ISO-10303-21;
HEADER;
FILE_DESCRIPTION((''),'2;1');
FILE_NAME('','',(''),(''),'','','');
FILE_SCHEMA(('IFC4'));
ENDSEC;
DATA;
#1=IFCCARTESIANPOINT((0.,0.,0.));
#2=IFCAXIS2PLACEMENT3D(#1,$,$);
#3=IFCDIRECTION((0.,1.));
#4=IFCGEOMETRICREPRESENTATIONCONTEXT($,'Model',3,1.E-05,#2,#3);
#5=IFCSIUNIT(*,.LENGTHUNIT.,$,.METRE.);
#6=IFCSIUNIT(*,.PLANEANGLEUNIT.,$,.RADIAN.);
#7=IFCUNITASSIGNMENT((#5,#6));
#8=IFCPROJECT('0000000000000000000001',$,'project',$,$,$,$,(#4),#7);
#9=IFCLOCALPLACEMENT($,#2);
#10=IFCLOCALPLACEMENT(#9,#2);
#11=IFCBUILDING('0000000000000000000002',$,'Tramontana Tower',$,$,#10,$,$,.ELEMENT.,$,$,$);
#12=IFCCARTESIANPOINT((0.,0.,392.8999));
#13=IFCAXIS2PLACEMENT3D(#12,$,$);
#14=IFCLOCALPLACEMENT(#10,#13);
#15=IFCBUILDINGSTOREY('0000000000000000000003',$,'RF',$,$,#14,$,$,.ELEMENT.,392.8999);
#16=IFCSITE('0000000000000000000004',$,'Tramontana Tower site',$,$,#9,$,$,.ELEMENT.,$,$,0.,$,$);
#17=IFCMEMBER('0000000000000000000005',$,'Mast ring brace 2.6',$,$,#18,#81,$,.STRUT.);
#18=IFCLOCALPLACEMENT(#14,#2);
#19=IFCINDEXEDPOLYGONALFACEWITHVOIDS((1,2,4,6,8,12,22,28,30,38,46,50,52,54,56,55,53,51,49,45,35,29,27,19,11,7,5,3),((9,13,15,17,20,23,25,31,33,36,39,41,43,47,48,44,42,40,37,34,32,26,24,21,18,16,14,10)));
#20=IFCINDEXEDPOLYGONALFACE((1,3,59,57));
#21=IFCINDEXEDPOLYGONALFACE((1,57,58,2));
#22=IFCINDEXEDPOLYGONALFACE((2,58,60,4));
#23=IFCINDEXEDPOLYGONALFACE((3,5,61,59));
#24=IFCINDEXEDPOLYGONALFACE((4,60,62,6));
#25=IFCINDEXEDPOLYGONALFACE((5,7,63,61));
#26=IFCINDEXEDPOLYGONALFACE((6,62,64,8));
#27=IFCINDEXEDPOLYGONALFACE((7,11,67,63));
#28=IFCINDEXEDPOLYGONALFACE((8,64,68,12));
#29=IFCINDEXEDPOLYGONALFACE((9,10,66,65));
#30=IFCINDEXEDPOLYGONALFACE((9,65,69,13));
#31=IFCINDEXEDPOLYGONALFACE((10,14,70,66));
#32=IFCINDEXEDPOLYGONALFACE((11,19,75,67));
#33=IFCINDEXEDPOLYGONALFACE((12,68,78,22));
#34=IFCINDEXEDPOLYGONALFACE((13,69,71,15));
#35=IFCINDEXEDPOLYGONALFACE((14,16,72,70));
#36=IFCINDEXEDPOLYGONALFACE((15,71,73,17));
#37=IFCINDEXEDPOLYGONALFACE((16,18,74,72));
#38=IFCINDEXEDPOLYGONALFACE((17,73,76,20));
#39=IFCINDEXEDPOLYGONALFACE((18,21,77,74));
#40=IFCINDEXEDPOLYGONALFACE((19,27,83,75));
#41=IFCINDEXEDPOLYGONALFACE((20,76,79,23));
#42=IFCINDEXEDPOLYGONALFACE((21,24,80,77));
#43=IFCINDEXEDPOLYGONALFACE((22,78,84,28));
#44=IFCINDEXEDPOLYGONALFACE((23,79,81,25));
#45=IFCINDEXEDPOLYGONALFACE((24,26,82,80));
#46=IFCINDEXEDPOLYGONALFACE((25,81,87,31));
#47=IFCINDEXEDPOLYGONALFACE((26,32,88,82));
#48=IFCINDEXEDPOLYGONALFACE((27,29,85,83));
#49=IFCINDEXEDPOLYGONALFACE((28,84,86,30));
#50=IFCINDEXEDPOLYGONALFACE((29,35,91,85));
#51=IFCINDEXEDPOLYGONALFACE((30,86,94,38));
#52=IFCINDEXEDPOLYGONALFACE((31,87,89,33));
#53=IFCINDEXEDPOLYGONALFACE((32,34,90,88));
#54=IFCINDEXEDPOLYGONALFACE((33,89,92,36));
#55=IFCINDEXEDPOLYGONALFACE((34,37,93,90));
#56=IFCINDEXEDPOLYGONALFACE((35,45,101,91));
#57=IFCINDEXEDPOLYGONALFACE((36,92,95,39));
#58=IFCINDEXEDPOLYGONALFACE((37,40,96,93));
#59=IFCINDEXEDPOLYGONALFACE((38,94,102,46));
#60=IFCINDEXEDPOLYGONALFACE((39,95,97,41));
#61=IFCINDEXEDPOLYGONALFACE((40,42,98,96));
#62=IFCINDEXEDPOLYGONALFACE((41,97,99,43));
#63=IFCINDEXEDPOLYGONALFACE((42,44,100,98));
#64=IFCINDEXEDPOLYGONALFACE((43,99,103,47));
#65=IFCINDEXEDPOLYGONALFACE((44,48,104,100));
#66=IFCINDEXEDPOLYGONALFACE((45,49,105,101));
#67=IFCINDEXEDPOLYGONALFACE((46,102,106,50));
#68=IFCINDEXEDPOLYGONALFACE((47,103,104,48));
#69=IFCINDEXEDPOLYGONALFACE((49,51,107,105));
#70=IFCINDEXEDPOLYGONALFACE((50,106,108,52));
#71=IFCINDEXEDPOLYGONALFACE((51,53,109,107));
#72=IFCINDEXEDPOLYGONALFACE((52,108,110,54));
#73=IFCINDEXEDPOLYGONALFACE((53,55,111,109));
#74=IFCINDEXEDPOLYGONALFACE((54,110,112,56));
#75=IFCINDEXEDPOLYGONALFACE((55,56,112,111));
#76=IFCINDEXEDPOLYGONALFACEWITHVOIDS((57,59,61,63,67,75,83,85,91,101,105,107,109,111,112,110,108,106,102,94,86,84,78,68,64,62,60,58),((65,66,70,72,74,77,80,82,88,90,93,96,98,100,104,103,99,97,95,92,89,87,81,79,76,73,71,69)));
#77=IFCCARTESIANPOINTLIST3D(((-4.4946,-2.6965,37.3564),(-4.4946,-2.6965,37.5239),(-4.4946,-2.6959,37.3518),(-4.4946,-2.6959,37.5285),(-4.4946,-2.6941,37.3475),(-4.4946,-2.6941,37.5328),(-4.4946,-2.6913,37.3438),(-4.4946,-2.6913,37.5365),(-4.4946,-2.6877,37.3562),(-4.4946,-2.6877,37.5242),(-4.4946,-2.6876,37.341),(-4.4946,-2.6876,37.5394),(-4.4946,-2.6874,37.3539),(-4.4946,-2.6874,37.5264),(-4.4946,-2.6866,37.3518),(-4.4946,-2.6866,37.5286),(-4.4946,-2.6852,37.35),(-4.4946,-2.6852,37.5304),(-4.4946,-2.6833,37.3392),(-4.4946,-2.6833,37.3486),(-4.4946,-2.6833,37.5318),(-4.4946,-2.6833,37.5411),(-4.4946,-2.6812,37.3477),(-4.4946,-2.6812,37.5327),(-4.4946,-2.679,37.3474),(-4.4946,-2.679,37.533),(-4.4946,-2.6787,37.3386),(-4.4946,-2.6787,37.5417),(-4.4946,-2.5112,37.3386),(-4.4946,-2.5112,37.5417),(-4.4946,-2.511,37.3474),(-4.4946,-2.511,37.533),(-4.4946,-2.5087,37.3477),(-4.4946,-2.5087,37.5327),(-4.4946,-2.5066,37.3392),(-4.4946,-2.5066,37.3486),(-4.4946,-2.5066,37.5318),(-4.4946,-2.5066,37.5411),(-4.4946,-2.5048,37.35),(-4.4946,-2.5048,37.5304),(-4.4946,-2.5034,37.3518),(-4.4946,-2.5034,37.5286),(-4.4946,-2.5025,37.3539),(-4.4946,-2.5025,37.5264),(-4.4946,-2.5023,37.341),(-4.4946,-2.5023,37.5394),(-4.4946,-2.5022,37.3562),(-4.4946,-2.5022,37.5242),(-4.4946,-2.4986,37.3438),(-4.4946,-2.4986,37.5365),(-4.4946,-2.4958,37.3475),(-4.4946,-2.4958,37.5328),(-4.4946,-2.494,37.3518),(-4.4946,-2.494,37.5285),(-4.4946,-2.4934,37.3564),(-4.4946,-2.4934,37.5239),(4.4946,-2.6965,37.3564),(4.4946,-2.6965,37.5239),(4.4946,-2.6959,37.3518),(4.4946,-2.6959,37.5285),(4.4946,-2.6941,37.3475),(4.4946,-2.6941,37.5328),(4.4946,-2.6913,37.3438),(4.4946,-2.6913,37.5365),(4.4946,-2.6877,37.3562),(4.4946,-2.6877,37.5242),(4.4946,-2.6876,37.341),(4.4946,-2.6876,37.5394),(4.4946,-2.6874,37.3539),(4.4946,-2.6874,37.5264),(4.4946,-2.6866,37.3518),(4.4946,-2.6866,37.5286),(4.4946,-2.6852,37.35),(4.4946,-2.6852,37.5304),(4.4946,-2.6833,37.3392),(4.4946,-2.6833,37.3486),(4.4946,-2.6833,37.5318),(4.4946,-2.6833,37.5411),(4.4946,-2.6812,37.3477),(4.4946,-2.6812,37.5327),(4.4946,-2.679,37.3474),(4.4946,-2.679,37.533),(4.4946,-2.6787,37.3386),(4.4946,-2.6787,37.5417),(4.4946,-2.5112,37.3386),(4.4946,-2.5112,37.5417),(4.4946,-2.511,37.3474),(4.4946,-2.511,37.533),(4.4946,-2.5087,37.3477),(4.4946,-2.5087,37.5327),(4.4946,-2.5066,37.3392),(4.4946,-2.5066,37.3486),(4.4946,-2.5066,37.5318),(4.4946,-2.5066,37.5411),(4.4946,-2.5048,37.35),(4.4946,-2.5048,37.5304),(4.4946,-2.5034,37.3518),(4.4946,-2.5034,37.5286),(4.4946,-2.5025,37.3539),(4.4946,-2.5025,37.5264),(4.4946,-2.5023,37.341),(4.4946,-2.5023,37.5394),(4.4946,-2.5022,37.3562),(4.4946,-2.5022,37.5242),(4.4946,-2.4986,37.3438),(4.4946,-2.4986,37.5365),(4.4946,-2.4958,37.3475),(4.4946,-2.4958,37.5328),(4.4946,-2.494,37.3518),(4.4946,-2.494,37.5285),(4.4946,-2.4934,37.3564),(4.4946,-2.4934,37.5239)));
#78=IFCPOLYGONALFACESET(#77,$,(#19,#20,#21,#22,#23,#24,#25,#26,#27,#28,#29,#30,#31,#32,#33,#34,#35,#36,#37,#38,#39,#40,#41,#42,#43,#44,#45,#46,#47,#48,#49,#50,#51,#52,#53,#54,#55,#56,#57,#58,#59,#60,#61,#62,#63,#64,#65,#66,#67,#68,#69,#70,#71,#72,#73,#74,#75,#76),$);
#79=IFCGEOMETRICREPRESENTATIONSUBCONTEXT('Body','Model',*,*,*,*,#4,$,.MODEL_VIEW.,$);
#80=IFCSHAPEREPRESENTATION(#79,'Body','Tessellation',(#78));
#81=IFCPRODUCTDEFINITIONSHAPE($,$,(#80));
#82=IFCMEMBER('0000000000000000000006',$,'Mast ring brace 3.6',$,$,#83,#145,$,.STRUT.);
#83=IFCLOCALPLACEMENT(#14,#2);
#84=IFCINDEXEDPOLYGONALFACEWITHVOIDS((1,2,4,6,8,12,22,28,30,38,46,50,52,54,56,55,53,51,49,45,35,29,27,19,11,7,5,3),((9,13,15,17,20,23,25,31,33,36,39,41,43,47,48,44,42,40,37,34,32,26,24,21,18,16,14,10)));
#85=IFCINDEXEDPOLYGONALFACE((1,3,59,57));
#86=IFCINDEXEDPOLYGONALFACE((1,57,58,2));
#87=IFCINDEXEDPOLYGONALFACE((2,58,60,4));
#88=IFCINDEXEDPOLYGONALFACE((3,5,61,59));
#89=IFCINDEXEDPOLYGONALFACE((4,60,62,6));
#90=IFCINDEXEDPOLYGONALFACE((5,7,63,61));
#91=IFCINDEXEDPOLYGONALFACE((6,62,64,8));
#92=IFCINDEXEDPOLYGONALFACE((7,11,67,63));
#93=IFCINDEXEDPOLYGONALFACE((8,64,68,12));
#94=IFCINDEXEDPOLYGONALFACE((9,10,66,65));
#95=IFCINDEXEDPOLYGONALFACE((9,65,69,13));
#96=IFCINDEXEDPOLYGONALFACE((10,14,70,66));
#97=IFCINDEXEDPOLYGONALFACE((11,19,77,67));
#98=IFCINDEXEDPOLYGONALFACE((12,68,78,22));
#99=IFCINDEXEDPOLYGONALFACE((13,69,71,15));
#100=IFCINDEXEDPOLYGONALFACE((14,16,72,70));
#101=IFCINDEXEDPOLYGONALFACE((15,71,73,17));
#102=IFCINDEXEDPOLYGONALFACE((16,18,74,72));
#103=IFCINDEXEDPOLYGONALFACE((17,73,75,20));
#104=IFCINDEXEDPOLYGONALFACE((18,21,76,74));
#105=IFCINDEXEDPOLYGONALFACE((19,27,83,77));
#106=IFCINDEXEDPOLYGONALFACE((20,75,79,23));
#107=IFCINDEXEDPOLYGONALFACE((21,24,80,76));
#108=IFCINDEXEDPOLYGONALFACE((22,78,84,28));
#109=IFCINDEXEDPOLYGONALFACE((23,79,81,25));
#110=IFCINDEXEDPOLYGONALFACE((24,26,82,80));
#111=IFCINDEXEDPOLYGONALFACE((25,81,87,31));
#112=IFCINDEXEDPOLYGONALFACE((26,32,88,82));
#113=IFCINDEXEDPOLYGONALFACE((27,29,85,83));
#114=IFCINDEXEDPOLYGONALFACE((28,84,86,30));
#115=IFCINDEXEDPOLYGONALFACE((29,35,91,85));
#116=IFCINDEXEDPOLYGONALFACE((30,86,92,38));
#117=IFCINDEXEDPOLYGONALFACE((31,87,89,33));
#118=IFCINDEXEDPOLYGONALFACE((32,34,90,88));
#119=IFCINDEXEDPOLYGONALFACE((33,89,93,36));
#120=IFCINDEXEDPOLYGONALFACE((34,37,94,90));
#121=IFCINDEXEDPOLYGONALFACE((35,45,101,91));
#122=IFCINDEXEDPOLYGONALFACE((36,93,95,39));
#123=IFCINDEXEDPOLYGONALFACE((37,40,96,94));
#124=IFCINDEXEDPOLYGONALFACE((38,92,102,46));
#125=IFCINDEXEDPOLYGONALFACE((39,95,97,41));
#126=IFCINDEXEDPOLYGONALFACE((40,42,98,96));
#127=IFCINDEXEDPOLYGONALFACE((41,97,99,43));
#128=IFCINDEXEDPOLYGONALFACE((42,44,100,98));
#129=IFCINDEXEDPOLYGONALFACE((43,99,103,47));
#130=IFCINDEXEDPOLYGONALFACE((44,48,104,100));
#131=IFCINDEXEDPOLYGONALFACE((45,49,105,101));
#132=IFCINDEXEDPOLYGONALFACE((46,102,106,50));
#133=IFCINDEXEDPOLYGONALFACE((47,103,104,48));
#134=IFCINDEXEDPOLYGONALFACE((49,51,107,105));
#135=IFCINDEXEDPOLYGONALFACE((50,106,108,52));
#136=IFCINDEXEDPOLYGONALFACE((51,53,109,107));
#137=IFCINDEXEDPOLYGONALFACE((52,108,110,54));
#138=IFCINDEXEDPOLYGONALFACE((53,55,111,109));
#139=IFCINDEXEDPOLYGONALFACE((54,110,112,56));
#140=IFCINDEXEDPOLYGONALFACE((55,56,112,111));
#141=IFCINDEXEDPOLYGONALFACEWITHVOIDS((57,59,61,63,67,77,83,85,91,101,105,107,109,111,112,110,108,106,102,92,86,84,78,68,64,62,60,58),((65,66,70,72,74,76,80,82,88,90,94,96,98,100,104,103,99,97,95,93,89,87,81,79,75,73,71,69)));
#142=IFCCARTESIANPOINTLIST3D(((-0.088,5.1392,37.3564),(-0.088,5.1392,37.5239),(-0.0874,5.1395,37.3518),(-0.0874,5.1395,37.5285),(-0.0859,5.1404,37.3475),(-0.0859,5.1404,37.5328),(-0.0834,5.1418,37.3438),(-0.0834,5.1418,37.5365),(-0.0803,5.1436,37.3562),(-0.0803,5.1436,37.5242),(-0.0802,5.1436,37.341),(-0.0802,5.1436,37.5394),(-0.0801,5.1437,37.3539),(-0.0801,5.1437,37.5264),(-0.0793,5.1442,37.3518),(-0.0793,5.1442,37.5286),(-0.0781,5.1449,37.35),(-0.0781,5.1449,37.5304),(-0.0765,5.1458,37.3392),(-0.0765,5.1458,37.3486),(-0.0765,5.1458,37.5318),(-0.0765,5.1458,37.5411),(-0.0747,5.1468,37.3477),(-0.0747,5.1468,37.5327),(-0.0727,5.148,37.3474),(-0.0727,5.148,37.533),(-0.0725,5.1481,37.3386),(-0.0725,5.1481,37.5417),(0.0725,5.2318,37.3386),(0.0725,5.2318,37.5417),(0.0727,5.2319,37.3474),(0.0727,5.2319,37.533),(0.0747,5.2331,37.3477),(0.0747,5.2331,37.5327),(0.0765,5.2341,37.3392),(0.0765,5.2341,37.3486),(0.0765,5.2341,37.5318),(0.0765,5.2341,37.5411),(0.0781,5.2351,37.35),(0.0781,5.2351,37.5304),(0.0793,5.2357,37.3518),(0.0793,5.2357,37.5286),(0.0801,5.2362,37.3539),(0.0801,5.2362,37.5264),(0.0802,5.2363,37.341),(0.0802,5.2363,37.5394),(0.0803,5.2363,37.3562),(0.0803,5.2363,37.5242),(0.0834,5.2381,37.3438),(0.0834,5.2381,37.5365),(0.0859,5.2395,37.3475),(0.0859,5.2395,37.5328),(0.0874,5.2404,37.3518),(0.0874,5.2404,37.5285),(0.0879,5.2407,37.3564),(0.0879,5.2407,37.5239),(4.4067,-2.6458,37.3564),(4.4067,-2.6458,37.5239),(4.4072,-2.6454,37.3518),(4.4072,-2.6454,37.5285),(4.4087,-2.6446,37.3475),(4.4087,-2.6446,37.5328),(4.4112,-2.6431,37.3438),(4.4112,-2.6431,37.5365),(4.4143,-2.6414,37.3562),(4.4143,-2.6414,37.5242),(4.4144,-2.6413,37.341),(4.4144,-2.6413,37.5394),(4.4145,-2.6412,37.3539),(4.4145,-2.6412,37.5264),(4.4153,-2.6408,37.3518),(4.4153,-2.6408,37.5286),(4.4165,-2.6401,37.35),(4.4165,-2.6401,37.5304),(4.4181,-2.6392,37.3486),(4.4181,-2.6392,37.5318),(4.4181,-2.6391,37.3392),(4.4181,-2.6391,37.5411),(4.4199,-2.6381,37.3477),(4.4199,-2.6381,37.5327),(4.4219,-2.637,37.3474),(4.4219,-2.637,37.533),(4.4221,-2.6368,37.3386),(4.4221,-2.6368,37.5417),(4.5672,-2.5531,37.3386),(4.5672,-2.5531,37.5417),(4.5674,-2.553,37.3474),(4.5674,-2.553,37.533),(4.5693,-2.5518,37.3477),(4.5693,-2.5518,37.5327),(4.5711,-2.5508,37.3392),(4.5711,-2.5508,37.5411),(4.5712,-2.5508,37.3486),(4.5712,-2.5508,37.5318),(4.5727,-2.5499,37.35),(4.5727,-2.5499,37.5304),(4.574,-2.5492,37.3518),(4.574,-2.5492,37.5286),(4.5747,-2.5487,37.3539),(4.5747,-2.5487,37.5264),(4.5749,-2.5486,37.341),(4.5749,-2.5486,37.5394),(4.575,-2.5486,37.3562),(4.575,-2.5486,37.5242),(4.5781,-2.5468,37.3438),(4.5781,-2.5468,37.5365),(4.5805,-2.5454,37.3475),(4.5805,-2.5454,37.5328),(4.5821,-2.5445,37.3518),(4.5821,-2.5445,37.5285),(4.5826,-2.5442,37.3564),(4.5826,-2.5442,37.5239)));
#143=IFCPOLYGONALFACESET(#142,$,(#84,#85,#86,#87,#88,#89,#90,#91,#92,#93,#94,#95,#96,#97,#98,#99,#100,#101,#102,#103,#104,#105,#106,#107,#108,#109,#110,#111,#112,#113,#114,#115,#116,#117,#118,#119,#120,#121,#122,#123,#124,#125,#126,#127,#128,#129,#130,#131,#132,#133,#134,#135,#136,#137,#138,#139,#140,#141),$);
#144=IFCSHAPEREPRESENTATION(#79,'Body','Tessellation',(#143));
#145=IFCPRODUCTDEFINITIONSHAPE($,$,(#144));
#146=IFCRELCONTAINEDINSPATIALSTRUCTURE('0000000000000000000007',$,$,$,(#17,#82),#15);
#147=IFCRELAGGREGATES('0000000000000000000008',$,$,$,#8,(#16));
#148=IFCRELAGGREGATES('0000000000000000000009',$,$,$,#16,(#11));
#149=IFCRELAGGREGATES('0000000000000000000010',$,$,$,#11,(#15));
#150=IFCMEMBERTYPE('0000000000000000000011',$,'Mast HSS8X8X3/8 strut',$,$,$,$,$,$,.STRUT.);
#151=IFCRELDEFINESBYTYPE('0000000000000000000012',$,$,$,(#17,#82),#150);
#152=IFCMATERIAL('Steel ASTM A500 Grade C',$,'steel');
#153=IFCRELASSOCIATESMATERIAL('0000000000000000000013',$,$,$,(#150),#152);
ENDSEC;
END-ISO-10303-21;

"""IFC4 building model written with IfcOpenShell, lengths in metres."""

from ifc_helpers import new_model, si_unit, direction, frame, origin, origin_2d, place, context, subcontext, project, spatial, hollow_rectangle, extrude, material, material_profile, profile_set, type_object, element, save


model = new_model("IFC4")

# Units and contexts
model_context = context("Model", 3, precision=1e-05, world=origin(), true_north=direction((0.0, 1.0)))
body_context = subcontext(model_context, "Body", "Model", "MODEL_VIEW")
ifc_project = project(units=[si_unit("LENGTHUNIT", "METRE"), si_unit("PLANEANGLEUNIT", "RADIAN")], contexts=[model_context])

# Site, building, storey
site_placement = place(None, origin())
site = spatial("IfcSite", under=ifc_project, at=site_placement, Name="Tramontana Tower site", CompositionType="ELEMENT", RefElevation=0.0)
building_placement = place(site_placement, origin())
building = spatial("IfcBuilding", under=site, at=building_placement, Name="Tramontana Tower", CompositionType="ELEMENT")
storey_placement = place(building_placement, frame((0.0, 0.0, 392.8999)))
storey = spatial("IfcBuildingStorey", under=building, at=storey_placement, Name="RF", CompositionType="ELEMENT", Elevation=392.8999)

# Members
ifc_material_1 = material(Name="Steel ASTM A500 Grade C", Category="steel")
ifc_material_profile_1 = material_profile(ifc_material_1, hollow_rectangle(XDim=0.2031, YDim=0.2031, WallThickness=0.0088, InnerFilletRadius=0.0088, OuterFilletRadius=0.0178, at=origin_2d()), Name="HSS8X8X3/8")
ifc_profile_set_1 = profile_set([ifc_material_profile_1], Name="Steel ASTM A500 Grade C")
member_type_1 = type_object("IfcMemberType", Name="Mast HSS8X8X3/8 strut", PredefinedType="STRUT", material=ifc_profile_set_1)
for number, where, z_axis, x_axis, name in (
    (1, (-4.4946, -2.595, 37.4402), (1.0, 0.0, 0.0), (0.0, 1.0, 0.0), "Mast ring brace 2.6"),
    (2, (4.4946, -2.595, 37.4402), (-0.500001, 0.866025, 0.0), (-0.866025, -0.500001, 0.0), "Mast ring brace 3.6"),
):
    element("IfcMember", number, at=place(storey_placement, frame(where, z_axis=z_axis, x_axis=x_axis)), inside=storey, type_object=member_type_1, Name=name, PredefinedType="STRUT", context=body_context, shape_type="SweptSolid", body=[
        extrude(hollow_rectangle(XDim=0.2031, YDim=0.2031, WallThickness=0.0088, InnerFilletRadius=0.0088, OuterFilletRadius=0.0178, at=origin_2d()), origin(), (0.0, 0.0, 1.0), 8.9893),
    ])

save(model, "model.ifc")
